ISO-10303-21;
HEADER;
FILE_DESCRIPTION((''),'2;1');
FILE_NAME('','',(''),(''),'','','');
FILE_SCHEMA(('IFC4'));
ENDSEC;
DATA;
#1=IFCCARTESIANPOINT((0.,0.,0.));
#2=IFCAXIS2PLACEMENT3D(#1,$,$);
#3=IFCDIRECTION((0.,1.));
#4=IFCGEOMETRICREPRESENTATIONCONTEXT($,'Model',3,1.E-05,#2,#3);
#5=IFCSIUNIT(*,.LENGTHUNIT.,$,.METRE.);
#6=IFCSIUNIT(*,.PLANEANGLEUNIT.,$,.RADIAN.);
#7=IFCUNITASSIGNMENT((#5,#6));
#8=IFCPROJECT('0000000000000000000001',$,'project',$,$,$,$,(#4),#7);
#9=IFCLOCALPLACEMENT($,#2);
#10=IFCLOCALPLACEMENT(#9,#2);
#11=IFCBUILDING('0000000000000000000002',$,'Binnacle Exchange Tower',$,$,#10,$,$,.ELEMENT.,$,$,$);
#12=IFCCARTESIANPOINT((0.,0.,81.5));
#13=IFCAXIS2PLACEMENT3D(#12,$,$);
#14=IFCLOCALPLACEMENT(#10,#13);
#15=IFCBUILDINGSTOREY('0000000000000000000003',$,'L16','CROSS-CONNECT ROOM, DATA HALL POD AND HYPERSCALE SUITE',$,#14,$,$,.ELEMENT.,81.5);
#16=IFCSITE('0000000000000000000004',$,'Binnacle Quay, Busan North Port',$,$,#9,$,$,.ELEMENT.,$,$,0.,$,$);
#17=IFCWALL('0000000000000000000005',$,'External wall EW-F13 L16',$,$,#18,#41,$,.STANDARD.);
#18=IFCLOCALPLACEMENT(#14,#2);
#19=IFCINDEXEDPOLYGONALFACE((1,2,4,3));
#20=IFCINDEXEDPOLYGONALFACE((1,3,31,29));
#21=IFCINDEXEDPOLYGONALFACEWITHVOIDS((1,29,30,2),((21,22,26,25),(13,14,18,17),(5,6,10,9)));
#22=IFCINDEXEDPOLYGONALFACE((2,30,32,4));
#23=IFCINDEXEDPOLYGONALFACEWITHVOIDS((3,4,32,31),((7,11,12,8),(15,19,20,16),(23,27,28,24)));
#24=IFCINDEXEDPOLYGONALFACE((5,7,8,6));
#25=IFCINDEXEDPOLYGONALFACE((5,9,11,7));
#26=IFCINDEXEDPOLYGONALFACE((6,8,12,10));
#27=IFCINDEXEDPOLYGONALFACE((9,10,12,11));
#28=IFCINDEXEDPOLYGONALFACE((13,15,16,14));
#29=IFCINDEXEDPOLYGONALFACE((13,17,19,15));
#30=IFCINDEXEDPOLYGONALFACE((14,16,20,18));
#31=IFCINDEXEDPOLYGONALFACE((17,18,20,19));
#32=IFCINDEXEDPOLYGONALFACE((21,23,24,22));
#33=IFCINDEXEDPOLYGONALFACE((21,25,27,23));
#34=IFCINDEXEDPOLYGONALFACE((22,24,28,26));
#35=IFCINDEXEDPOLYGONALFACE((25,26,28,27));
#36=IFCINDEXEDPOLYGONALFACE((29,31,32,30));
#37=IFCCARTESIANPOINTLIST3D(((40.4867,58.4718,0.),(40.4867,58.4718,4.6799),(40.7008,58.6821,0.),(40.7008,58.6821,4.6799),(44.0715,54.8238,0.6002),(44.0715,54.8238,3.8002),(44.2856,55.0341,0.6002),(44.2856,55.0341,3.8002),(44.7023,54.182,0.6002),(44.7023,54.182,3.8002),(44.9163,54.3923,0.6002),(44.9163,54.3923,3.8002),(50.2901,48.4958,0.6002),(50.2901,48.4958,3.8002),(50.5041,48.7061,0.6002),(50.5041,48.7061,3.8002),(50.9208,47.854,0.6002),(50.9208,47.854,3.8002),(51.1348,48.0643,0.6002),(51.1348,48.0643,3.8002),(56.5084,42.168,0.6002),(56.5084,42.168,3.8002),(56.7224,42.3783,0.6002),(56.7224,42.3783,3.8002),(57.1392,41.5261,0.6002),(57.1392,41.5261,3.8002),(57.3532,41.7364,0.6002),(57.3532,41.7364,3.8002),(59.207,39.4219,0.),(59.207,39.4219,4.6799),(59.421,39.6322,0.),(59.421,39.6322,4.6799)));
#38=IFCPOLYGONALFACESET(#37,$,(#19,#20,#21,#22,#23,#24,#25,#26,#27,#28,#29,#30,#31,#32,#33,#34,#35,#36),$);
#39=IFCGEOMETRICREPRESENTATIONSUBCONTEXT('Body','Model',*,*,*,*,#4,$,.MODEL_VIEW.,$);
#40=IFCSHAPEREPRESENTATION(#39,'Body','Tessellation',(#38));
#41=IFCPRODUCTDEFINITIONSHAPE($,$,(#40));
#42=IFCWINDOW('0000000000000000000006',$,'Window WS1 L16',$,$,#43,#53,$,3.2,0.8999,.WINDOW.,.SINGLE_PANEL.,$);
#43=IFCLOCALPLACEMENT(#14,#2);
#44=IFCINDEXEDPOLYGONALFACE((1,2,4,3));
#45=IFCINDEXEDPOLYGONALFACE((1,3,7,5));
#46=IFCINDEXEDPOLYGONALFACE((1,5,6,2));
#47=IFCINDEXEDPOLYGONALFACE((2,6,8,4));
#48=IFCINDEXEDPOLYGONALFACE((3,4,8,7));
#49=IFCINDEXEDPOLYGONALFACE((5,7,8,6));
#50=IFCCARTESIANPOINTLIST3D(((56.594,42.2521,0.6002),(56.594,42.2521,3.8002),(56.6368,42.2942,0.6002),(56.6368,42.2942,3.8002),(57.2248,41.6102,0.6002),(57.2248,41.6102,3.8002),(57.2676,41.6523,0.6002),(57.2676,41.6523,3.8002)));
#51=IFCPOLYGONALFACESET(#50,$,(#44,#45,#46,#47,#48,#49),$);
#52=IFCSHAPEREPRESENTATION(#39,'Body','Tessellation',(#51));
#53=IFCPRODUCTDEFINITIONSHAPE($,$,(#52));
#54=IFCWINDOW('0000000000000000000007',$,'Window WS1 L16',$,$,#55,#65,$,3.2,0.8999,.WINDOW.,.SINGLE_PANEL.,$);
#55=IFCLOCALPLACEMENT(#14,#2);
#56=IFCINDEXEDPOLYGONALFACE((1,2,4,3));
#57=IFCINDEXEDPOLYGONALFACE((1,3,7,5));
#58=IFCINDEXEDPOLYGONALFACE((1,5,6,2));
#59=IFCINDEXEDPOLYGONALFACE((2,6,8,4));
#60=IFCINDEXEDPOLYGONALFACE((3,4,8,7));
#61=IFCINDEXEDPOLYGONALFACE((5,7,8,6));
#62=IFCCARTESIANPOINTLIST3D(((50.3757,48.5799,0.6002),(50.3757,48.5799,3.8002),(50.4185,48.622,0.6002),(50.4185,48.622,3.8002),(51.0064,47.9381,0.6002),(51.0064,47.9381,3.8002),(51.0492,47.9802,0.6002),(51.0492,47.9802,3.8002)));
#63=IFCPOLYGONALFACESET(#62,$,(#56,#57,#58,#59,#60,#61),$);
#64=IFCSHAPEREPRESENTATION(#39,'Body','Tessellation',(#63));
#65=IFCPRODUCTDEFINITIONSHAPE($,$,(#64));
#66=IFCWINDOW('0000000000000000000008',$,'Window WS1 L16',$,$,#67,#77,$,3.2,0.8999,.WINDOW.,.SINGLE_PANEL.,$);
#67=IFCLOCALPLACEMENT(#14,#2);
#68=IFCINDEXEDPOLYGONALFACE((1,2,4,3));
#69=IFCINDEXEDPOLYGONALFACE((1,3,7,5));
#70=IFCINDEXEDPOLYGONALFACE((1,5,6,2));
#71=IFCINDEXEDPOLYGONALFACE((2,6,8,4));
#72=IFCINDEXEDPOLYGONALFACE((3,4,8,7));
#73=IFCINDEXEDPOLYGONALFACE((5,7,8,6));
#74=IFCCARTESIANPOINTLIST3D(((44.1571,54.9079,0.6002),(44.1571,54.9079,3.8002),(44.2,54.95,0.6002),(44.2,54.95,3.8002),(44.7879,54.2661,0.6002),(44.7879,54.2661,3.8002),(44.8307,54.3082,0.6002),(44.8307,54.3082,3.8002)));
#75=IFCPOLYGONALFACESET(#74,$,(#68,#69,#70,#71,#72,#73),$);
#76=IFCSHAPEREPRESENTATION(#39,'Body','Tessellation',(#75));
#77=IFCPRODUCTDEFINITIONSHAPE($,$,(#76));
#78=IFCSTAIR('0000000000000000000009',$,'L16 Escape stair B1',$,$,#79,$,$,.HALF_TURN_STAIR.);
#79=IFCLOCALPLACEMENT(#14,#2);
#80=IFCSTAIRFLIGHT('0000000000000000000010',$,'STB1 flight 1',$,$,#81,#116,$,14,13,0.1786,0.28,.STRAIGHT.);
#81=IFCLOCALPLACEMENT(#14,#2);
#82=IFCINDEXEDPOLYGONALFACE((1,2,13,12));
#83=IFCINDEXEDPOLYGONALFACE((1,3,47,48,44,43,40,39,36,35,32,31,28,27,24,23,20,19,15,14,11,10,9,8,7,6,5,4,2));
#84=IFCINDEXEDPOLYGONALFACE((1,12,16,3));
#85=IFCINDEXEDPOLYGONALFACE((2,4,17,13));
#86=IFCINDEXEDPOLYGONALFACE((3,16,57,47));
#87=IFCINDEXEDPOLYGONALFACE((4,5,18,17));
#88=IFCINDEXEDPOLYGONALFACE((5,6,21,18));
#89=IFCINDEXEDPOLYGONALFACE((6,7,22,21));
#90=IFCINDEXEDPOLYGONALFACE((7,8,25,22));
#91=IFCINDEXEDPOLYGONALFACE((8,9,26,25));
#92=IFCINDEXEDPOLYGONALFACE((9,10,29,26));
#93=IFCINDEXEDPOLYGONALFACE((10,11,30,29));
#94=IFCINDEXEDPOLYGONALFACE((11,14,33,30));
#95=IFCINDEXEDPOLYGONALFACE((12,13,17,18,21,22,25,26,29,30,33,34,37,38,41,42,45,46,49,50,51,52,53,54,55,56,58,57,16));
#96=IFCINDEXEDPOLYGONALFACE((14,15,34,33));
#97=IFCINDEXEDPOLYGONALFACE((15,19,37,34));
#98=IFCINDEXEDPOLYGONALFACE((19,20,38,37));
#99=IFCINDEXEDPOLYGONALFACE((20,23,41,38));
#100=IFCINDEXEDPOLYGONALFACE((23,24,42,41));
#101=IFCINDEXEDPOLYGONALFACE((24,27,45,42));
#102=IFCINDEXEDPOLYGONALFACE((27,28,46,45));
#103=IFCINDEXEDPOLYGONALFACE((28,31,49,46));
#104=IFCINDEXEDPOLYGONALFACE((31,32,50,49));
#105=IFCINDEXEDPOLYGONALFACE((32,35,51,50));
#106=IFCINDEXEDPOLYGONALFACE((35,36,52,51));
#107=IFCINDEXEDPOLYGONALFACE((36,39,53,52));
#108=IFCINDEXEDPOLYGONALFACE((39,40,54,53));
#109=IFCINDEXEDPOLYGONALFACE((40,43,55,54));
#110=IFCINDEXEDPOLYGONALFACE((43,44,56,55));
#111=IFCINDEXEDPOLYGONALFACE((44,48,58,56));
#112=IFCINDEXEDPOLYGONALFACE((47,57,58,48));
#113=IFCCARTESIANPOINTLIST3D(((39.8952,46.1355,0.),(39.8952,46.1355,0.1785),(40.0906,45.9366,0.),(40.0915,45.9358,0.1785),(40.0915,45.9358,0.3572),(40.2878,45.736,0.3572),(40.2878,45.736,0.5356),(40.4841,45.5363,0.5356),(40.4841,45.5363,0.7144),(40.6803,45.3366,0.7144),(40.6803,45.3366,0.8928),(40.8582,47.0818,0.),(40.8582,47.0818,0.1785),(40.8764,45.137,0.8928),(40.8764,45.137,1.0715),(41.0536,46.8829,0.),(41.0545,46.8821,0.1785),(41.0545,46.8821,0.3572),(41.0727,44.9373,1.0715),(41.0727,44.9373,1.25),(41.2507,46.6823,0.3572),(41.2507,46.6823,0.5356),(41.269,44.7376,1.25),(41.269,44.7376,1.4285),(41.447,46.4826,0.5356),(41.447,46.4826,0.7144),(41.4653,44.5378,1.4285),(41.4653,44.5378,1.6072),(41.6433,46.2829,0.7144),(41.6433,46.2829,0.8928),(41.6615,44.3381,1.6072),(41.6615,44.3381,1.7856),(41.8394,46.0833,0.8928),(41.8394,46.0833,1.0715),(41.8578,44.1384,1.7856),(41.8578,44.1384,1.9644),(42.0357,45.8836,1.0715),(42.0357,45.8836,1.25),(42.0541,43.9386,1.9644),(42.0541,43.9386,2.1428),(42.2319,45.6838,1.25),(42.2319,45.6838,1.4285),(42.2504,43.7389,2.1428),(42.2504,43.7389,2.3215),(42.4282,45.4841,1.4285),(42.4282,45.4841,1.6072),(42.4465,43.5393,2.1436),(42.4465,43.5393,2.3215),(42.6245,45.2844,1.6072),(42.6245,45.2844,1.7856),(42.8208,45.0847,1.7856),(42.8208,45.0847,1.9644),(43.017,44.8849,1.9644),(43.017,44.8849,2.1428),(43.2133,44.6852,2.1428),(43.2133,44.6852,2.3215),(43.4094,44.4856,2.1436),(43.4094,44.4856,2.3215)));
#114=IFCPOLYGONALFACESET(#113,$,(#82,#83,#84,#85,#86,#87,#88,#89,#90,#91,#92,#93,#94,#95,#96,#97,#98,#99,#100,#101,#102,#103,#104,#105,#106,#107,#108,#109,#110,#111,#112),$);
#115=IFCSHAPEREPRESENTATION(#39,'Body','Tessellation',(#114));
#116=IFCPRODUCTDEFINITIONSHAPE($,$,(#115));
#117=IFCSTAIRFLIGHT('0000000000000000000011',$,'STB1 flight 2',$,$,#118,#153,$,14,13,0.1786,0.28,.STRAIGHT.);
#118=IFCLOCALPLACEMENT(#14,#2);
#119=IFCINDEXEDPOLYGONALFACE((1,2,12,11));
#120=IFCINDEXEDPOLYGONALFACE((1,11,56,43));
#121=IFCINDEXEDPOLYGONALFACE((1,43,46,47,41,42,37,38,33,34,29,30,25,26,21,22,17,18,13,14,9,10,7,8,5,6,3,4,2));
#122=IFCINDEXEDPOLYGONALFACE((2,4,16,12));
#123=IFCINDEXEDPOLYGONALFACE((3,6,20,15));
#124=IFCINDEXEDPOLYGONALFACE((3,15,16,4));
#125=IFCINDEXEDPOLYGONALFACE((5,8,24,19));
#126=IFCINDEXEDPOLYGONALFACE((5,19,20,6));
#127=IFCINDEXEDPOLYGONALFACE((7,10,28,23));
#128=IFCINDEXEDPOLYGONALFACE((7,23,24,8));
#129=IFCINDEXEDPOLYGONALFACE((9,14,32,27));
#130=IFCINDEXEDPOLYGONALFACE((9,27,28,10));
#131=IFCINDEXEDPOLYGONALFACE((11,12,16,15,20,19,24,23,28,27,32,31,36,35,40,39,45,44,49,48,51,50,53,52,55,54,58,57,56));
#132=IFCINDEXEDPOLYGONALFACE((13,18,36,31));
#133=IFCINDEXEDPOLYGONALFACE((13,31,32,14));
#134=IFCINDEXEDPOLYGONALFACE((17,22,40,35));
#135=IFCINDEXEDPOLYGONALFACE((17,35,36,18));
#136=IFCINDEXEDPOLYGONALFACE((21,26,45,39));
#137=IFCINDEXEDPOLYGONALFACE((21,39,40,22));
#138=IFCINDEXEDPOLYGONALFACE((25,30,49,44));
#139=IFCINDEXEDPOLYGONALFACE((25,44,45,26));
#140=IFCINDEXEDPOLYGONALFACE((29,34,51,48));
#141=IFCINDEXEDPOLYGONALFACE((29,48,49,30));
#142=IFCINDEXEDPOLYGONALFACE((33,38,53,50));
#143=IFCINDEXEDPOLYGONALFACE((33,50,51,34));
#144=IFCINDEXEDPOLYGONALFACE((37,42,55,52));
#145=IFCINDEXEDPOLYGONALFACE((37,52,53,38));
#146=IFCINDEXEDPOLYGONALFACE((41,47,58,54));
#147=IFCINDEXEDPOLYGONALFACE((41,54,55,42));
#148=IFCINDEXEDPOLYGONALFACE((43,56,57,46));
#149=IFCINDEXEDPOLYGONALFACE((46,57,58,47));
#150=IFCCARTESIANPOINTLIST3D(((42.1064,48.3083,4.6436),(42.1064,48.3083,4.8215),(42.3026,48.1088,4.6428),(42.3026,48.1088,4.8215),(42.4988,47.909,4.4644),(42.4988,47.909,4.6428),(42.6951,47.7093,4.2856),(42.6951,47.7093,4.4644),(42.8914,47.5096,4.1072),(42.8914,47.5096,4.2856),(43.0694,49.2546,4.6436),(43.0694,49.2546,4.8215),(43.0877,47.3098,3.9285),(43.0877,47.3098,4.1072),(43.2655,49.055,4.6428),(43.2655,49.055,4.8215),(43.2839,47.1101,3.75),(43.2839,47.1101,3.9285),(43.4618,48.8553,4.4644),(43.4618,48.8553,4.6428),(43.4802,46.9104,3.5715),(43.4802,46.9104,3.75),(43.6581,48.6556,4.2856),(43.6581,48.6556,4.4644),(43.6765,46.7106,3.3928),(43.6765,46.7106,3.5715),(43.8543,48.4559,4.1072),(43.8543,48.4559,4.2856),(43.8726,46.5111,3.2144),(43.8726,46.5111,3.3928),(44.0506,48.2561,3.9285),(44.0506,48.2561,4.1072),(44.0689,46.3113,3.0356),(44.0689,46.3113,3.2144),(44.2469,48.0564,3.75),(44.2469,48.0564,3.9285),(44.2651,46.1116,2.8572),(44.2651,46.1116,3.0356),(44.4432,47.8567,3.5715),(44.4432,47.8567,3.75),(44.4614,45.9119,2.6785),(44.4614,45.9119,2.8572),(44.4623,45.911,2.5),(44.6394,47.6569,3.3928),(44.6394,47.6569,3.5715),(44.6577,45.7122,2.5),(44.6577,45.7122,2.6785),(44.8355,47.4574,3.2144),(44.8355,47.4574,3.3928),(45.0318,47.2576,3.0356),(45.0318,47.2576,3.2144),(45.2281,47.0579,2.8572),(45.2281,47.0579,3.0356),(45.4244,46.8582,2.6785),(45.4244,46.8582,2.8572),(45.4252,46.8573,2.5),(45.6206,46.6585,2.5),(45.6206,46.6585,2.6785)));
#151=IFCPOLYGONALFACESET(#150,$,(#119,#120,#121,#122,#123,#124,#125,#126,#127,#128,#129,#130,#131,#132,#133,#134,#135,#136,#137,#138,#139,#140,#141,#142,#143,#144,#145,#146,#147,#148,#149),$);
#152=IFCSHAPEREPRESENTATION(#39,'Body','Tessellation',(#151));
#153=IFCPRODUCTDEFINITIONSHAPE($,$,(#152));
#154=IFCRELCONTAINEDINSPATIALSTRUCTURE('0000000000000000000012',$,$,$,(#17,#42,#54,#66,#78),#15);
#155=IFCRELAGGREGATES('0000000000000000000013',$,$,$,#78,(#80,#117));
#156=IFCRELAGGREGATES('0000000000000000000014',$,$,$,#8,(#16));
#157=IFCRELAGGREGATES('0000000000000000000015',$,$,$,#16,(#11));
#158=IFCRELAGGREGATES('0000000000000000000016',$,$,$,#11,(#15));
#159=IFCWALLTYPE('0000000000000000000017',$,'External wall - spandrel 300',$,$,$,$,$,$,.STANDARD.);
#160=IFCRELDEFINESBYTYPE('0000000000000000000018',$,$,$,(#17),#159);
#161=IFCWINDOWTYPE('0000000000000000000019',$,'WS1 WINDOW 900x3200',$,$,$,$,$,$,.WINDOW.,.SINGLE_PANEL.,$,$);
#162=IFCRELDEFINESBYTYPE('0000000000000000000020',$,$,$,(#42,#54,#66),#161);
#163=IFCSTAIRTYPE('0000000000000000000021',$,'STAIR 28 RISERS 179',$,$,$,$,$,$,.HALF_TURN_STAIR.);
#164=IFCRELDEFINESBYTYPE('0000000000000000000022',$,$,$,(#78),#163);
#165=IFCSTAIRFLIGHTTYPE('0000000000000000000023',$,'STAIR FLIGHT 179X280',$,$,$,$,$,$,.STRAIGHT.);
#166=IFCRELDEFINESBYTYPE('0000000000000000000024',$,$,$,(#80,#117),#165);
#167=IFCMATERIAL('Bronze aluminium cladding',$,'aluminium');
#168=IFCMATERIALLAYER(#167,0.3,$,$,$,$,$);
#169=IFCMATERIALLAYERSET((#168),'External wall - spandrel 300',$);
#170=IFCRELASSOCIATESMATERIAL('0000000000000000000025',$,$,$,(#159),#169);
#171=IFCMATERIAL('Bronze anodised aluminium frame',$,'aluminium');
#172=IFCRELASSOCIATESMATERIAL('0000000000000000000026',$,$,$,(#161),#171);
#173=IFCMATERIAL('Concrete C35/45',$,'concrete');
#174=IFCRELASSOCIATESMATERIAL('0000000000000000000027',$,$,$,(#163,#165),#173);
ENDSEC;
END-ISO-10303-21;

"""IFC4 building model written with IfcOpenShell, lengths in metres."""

from ifc_helpers import new_model, si_unit, direction, frame, frame_2d, origin, place, context, subcontext, project, spatial, polyline, rectangle, outline, extrude, material, layer, layer_set, type_object, element, fill, aggregate, save


model = new_model("IFC4")

# Units and contexts
model_context = context("Model", 3, precision=1e-05, world=origin(), true_north=direction((0.0, 1.0)))
body_context = subcontext(model_context, "Body", "Model", "MODEL_VIEW")
ifc_project = project(units=[si_unit("LENGTHUNIT", "METRE"), si_unit("PLANEANGLEUNIT", "RADIAN")], contexts=[model_context])

# Site, building, storey
site_placement = place(None, origin())
site = spatial("IfcSite", under=ifc_project, at=site_placement, Name="Binnacle Quay, Busan North Port", CompositionType="ELEMENT", RefElevation=0.0)
building_placement = place(site_placement, origin())
building = spatial("IfcBuilding", under=site, at=building_placement, Name="Binnacle Exchange Tower", CompositionType="ELEMENT")
storey_placement = place(building_placement, frame((0.0, 0.0, 81.5)))
storey = spatial("IfcBuildingStorey", under=building, at=storey_placement, Name="L16", Description="CROSS-CONNECT ROOM, DATA HALL POD AND HYPERSCALE SUITE", CompositionType="ELEMENT", Elevation=81.5)

# Wall, openings, windows
ifc_material_1 = material(Name="Bronze aluminium cladding", Category="aluminium")
ifc_layer_1 = layer(ifc_material_1, 0.3)
ifc_layer_set_1 = layer_set([ifc_layer_1], Name="External wall - spandrel 300")
wall_type_1 = type_object("IfcWallType", Name="External wall - spandrel 300", PredefinedType="STANDARD", material=ifc_layer_set_1)
wall_1_placement = place(storey_placement, frame((40.5938, 58.5769, 0.0), z_axis=(0.0, 0.0, 1.0), x_axis=(0.70091, -0.71325, 0.0)))
wall_1 = element("IfcWall", 1, at=wall_1_placement, inside=storey, type_object=wall_type_1, Name="External wall EW-F13 L16", PredefinedType="STANDARD", context=body_context, shape_type="SweptSolid", body=[
    extrude(rectangle(XDim=26.7085, YDim=0.3, at=frame_2d((13.3542, 0.0))), origin(), (0.0, 0.0, 1.0), 4.6799),
])
opening_1_placement = place(wall_1_placement, frame((22.8584, 0.0, 0.6001)))
opening_1 = element("IfcOpeningElement", 2, at=opening_1_placement, cuts=wall_1, PredefinedType="OPENING", context=body_context, shape_type="SweptSolid", body=[
    extrude(rectangle(XDim=0.8999, YDim=3.2, at=frame_2d((0.45, 1.6001))), frame((0.0, 0.1599, 0.0), z_axis=(0.0, -1.0, 0.0), x_axis=(1.0, 0.0, 0.0)), (0.0, 0.0, 1.0), 0.3201),
])
opening_2_placement = place(wall_1_placement, frame((13.9866, 0.0, 0.6001)))
opening_2 = element("IfcOpeningElement", 3, at=opening_2_placement, cuts=wall_1, PredefinedType="OPENING", context=body_context, shape_type="SweptSolid", body=[
    extrude(rectangle(XDim=0.8999, YDim=3.2, at=frame_2d((0.45, 1.6001))), frame((0.0, 0.1599, 0.0), z_axis=(0.0, -1.0, 0.0), x_axis=(1.0, 0.0, 0.0)), (0.0, 0.0, 1.0), 0.3201),
])
opening_3_placement = place(wall_1_placement, frame((5.1145, 0.0, 0.6001)))
opening_3 = element("IfcOpeningElement", 4, at=opening_3_placement, cuts=wall_1, PredefinedType="OPENING", context=body_context, shape_type="SweptSolid", body=[
    extrude(rectangle(XDim=0.8999, YDim=3.2, at=frame_2d((0.45, 1.6001))), frame((0.0, 0.1599, 0.0), z_axis=(0.0, -1.0, 0.0), x_axis=(1.0, 0.0, 0.0)), (0.0, 0.0, 1.0), 0.3201),
])
ifc_material_2 = material(Name="Bronze anodised aluminium frame", Category="aluminium")
window_type = type_object("IfcWindowType", Name="WS1 WINDOW 900x3200", PartitioningType="SINGLE_PANEL", PredefinedType="WINDOW", material=ifc_material_2)
window_1_placement = place(opening_1_placement, origin())
window_1 = element("IfcWindow", 5, at=window_1_placement, inside=storey, type_object=window_type, Name="Window WS1 L16", OverallHeight=3.2, OverallWidth=0.8999, PartitioningType="SINGLE_PANEL", PredefinedType="WINDOW", context=body_context, shape_type="SweptSolid", body=[
    extrude(rectangle(XDim=0.8999, YDim=3.2, at=frame_2d((0.45, 1.6001))), frame((0.0, 0.03, 0.0), z_axis=(0.0, -1.0, 0.0), x_axis=(1.0, 0.0, 0.0)), (0.0, 0.0, 1.0), 0.0601),
])
fill(opening_1, window_1)
window_2_placement = place(opening_2_placement, origin())
window_2 = element("IfcWindow", 6, at=window_2_placement, inside=storey, type_object=window_type, Name="Window WS1 L16", OverallHeight=3.2, OverallWidth=0.8999, PartitioningType="SINGLE_PANEL", PredefinedType="WINDOW", context=body_context, shape_type="SweptSolid", body=[
    extrude(rectangle(XDim=0.8999, YDim=3.2, at=frame_2d((0.45, 1.6001))), frame((0.0, 0.03, 0.0), z_axis=(0.0, -1.0, 0.0), x_axis=(1.0, 0.0, 0.0)), (0.0, 0.0, 1.0), 0.0601),
])
fill(opening_2, window_2)
window_3_placement = place(opening_3_placement, origin())
window_3 = element("IfcWindow", 7, at=window_3_placement, inside=storey, type_object=window_type, Name="Window WS1 L16", OverallHeight=3.2, OverallWidth=0.8999, PartitioningType="SINGLE_PANEL", PredefinedType="WINDOW", context=body_context, shape_type="SweptSolid", body=[
    extrude(rectangle(XDim=0.8999, YDim=3.2, at=frame_2d((0.45, 1.6001))), frame((0.0, 0.03, 0.0), z_axis=(0.0, -1.0, 0.0), x_axis=(1.0, 0.0, 0.0)), (0.0, 0.0, 1.0), 0.0601),
])
fill(opening_3, window_3)

# Stair, stair flights
ifc_material_3 = material(Name="Concrete C35/45", Category="concrete")
stair_type = type_object("IfcStairType", Name="STAIR 28 RISERS 179", PredefinedType="HALF_TURN_STAIR", material=ifc_material_3)
stair_placement = place(storey_placement, origin())
stair = element("IfcStair", 8, at=stair_placement, inside=storey, type_object=stair_type, Name="L16 Escape stair B1", PredefinedType="HALF_TURN_STAIR")
stair_flight_type = type_object("IfcStairFlightType", Name="STAIR FLIGHT 179X280", PredefinedType="STRAIGHT", material=ifc_material_3)
stair_flight_1_placement = place(storey_placement, frame((40.3767, 46.6086, 0.0), z_axis=(0.0, 0.0, 1.0), x_axis=(0.700909, -0.71325, 0.0)))
stair_flight_1 = element("IfcStairFlight", 9, at=stair_flight_1_placement, type_object=stair_flight_type, Name="STB1 flight 1", NumberOfRisers=14, NumberOfTreads=13, PredefinedType="STRAIGHT", RiserHeight=0.1786, TreadLength=0.28, context=body_context, shape_type="SweptSolid", body=[
    extrude(outline(polyline([(0.0, 0.0), (0.0, 0.1785), (0.28, 0.1785), (0.28, 0.3572), (0.5601, 0.3572), (0.5601, 0.5356), (0.8401, 0.5356), (0.8401, 0.7144), (1.1201, 0.7144), (1.1201, 0.8928), (1.3999, 0.8928), (1.3999, 1.0715), (1.6799, 1.0715), (1.6799, 1.25), (1.96, 1.25), (1.96, 1.4285), (2.24, 1.4285), (2.24, 1.6072), (2.52, 1.6072), (2.52, 1.7856), (2.8, 1.7856), (2.8, 1.9644), (3.0801, 1.9644), (3.0801, 2.1428), (3.3601, 2.1428), (3.3601, 2.3215), (3.6399, 2.3215), (3.6399, 2.5), (3.6399, 2.1436), (0.2788, 0.0), (0.0, 0.0)])), frame((0.0, 0.675, 0.0), z_axis=(0.0, -1.0, 0.0), x_axis=(1.0, 0.0, 0.0)), (0.0, 0.0, 1.0), 1.3501),
])
stair_flight_2_placement = place(storey_placement, frame((45.1392, 46.1853, 2.5), z_axis=(0.0, 0.0, 1.0), x_axis=(-0.700909, 0.71325, 0.0)))
stair_flight_2 = element("IfcStairFlight", 10, at=stair_flight_2_placement, type_object=stair_flight_type, Name="STB1 flight 2", NumberOfRisers=14, NumberOfTreads=13, PredefinedType="STRAIGHT", RiserHeight=0.1786, TreadLength=0.28, context=body_context, shape_type="SweptSolid", body=[
    extrude(outline(polyline([(0.0, 0.0), (0.0, 0.1785), (0.28, 0.1785), (0.28, 0.3572), (0.5601, 0.3572), (0.5601, 0.5356), (0.8401, 0.5356), (0.8401, 0.7144), (1.1201, 0.7144), (1.1201, 0.8928), (1.3999, 0.8928), (1.3999, 1.0715), (1.6799, 1.0715), (1.6799, 1.25), (1.96, 1.25), (1.96, 1.4285), (2.24, 1.4285), (2.24, 1.6072), (2.52, 1.6072), (2.52, 1.7856), (2.8, 1.7856), (2.8, 1.9644), (3.0801, 1.9644), (3.0801, 2.1428), (3.3601, 2.1428), (3.3601, 2.3215), (3.6399, 2.3215), (3.6399, 2.5), (3.6399, 2.1436), (0.2788, 0.0), (0.0, 0.0)])), frame((0.0, 0.675, 0.0), z_axis=(0.0, -1.0, 0.0), x_axis=(1.0, 0.0, 0.0)), (0.0, 0.0, 1.0), 1.3501),
])
aggregate(stair, [stair_flight_1, stair_flight_2])

save(model, "model.ifc")
